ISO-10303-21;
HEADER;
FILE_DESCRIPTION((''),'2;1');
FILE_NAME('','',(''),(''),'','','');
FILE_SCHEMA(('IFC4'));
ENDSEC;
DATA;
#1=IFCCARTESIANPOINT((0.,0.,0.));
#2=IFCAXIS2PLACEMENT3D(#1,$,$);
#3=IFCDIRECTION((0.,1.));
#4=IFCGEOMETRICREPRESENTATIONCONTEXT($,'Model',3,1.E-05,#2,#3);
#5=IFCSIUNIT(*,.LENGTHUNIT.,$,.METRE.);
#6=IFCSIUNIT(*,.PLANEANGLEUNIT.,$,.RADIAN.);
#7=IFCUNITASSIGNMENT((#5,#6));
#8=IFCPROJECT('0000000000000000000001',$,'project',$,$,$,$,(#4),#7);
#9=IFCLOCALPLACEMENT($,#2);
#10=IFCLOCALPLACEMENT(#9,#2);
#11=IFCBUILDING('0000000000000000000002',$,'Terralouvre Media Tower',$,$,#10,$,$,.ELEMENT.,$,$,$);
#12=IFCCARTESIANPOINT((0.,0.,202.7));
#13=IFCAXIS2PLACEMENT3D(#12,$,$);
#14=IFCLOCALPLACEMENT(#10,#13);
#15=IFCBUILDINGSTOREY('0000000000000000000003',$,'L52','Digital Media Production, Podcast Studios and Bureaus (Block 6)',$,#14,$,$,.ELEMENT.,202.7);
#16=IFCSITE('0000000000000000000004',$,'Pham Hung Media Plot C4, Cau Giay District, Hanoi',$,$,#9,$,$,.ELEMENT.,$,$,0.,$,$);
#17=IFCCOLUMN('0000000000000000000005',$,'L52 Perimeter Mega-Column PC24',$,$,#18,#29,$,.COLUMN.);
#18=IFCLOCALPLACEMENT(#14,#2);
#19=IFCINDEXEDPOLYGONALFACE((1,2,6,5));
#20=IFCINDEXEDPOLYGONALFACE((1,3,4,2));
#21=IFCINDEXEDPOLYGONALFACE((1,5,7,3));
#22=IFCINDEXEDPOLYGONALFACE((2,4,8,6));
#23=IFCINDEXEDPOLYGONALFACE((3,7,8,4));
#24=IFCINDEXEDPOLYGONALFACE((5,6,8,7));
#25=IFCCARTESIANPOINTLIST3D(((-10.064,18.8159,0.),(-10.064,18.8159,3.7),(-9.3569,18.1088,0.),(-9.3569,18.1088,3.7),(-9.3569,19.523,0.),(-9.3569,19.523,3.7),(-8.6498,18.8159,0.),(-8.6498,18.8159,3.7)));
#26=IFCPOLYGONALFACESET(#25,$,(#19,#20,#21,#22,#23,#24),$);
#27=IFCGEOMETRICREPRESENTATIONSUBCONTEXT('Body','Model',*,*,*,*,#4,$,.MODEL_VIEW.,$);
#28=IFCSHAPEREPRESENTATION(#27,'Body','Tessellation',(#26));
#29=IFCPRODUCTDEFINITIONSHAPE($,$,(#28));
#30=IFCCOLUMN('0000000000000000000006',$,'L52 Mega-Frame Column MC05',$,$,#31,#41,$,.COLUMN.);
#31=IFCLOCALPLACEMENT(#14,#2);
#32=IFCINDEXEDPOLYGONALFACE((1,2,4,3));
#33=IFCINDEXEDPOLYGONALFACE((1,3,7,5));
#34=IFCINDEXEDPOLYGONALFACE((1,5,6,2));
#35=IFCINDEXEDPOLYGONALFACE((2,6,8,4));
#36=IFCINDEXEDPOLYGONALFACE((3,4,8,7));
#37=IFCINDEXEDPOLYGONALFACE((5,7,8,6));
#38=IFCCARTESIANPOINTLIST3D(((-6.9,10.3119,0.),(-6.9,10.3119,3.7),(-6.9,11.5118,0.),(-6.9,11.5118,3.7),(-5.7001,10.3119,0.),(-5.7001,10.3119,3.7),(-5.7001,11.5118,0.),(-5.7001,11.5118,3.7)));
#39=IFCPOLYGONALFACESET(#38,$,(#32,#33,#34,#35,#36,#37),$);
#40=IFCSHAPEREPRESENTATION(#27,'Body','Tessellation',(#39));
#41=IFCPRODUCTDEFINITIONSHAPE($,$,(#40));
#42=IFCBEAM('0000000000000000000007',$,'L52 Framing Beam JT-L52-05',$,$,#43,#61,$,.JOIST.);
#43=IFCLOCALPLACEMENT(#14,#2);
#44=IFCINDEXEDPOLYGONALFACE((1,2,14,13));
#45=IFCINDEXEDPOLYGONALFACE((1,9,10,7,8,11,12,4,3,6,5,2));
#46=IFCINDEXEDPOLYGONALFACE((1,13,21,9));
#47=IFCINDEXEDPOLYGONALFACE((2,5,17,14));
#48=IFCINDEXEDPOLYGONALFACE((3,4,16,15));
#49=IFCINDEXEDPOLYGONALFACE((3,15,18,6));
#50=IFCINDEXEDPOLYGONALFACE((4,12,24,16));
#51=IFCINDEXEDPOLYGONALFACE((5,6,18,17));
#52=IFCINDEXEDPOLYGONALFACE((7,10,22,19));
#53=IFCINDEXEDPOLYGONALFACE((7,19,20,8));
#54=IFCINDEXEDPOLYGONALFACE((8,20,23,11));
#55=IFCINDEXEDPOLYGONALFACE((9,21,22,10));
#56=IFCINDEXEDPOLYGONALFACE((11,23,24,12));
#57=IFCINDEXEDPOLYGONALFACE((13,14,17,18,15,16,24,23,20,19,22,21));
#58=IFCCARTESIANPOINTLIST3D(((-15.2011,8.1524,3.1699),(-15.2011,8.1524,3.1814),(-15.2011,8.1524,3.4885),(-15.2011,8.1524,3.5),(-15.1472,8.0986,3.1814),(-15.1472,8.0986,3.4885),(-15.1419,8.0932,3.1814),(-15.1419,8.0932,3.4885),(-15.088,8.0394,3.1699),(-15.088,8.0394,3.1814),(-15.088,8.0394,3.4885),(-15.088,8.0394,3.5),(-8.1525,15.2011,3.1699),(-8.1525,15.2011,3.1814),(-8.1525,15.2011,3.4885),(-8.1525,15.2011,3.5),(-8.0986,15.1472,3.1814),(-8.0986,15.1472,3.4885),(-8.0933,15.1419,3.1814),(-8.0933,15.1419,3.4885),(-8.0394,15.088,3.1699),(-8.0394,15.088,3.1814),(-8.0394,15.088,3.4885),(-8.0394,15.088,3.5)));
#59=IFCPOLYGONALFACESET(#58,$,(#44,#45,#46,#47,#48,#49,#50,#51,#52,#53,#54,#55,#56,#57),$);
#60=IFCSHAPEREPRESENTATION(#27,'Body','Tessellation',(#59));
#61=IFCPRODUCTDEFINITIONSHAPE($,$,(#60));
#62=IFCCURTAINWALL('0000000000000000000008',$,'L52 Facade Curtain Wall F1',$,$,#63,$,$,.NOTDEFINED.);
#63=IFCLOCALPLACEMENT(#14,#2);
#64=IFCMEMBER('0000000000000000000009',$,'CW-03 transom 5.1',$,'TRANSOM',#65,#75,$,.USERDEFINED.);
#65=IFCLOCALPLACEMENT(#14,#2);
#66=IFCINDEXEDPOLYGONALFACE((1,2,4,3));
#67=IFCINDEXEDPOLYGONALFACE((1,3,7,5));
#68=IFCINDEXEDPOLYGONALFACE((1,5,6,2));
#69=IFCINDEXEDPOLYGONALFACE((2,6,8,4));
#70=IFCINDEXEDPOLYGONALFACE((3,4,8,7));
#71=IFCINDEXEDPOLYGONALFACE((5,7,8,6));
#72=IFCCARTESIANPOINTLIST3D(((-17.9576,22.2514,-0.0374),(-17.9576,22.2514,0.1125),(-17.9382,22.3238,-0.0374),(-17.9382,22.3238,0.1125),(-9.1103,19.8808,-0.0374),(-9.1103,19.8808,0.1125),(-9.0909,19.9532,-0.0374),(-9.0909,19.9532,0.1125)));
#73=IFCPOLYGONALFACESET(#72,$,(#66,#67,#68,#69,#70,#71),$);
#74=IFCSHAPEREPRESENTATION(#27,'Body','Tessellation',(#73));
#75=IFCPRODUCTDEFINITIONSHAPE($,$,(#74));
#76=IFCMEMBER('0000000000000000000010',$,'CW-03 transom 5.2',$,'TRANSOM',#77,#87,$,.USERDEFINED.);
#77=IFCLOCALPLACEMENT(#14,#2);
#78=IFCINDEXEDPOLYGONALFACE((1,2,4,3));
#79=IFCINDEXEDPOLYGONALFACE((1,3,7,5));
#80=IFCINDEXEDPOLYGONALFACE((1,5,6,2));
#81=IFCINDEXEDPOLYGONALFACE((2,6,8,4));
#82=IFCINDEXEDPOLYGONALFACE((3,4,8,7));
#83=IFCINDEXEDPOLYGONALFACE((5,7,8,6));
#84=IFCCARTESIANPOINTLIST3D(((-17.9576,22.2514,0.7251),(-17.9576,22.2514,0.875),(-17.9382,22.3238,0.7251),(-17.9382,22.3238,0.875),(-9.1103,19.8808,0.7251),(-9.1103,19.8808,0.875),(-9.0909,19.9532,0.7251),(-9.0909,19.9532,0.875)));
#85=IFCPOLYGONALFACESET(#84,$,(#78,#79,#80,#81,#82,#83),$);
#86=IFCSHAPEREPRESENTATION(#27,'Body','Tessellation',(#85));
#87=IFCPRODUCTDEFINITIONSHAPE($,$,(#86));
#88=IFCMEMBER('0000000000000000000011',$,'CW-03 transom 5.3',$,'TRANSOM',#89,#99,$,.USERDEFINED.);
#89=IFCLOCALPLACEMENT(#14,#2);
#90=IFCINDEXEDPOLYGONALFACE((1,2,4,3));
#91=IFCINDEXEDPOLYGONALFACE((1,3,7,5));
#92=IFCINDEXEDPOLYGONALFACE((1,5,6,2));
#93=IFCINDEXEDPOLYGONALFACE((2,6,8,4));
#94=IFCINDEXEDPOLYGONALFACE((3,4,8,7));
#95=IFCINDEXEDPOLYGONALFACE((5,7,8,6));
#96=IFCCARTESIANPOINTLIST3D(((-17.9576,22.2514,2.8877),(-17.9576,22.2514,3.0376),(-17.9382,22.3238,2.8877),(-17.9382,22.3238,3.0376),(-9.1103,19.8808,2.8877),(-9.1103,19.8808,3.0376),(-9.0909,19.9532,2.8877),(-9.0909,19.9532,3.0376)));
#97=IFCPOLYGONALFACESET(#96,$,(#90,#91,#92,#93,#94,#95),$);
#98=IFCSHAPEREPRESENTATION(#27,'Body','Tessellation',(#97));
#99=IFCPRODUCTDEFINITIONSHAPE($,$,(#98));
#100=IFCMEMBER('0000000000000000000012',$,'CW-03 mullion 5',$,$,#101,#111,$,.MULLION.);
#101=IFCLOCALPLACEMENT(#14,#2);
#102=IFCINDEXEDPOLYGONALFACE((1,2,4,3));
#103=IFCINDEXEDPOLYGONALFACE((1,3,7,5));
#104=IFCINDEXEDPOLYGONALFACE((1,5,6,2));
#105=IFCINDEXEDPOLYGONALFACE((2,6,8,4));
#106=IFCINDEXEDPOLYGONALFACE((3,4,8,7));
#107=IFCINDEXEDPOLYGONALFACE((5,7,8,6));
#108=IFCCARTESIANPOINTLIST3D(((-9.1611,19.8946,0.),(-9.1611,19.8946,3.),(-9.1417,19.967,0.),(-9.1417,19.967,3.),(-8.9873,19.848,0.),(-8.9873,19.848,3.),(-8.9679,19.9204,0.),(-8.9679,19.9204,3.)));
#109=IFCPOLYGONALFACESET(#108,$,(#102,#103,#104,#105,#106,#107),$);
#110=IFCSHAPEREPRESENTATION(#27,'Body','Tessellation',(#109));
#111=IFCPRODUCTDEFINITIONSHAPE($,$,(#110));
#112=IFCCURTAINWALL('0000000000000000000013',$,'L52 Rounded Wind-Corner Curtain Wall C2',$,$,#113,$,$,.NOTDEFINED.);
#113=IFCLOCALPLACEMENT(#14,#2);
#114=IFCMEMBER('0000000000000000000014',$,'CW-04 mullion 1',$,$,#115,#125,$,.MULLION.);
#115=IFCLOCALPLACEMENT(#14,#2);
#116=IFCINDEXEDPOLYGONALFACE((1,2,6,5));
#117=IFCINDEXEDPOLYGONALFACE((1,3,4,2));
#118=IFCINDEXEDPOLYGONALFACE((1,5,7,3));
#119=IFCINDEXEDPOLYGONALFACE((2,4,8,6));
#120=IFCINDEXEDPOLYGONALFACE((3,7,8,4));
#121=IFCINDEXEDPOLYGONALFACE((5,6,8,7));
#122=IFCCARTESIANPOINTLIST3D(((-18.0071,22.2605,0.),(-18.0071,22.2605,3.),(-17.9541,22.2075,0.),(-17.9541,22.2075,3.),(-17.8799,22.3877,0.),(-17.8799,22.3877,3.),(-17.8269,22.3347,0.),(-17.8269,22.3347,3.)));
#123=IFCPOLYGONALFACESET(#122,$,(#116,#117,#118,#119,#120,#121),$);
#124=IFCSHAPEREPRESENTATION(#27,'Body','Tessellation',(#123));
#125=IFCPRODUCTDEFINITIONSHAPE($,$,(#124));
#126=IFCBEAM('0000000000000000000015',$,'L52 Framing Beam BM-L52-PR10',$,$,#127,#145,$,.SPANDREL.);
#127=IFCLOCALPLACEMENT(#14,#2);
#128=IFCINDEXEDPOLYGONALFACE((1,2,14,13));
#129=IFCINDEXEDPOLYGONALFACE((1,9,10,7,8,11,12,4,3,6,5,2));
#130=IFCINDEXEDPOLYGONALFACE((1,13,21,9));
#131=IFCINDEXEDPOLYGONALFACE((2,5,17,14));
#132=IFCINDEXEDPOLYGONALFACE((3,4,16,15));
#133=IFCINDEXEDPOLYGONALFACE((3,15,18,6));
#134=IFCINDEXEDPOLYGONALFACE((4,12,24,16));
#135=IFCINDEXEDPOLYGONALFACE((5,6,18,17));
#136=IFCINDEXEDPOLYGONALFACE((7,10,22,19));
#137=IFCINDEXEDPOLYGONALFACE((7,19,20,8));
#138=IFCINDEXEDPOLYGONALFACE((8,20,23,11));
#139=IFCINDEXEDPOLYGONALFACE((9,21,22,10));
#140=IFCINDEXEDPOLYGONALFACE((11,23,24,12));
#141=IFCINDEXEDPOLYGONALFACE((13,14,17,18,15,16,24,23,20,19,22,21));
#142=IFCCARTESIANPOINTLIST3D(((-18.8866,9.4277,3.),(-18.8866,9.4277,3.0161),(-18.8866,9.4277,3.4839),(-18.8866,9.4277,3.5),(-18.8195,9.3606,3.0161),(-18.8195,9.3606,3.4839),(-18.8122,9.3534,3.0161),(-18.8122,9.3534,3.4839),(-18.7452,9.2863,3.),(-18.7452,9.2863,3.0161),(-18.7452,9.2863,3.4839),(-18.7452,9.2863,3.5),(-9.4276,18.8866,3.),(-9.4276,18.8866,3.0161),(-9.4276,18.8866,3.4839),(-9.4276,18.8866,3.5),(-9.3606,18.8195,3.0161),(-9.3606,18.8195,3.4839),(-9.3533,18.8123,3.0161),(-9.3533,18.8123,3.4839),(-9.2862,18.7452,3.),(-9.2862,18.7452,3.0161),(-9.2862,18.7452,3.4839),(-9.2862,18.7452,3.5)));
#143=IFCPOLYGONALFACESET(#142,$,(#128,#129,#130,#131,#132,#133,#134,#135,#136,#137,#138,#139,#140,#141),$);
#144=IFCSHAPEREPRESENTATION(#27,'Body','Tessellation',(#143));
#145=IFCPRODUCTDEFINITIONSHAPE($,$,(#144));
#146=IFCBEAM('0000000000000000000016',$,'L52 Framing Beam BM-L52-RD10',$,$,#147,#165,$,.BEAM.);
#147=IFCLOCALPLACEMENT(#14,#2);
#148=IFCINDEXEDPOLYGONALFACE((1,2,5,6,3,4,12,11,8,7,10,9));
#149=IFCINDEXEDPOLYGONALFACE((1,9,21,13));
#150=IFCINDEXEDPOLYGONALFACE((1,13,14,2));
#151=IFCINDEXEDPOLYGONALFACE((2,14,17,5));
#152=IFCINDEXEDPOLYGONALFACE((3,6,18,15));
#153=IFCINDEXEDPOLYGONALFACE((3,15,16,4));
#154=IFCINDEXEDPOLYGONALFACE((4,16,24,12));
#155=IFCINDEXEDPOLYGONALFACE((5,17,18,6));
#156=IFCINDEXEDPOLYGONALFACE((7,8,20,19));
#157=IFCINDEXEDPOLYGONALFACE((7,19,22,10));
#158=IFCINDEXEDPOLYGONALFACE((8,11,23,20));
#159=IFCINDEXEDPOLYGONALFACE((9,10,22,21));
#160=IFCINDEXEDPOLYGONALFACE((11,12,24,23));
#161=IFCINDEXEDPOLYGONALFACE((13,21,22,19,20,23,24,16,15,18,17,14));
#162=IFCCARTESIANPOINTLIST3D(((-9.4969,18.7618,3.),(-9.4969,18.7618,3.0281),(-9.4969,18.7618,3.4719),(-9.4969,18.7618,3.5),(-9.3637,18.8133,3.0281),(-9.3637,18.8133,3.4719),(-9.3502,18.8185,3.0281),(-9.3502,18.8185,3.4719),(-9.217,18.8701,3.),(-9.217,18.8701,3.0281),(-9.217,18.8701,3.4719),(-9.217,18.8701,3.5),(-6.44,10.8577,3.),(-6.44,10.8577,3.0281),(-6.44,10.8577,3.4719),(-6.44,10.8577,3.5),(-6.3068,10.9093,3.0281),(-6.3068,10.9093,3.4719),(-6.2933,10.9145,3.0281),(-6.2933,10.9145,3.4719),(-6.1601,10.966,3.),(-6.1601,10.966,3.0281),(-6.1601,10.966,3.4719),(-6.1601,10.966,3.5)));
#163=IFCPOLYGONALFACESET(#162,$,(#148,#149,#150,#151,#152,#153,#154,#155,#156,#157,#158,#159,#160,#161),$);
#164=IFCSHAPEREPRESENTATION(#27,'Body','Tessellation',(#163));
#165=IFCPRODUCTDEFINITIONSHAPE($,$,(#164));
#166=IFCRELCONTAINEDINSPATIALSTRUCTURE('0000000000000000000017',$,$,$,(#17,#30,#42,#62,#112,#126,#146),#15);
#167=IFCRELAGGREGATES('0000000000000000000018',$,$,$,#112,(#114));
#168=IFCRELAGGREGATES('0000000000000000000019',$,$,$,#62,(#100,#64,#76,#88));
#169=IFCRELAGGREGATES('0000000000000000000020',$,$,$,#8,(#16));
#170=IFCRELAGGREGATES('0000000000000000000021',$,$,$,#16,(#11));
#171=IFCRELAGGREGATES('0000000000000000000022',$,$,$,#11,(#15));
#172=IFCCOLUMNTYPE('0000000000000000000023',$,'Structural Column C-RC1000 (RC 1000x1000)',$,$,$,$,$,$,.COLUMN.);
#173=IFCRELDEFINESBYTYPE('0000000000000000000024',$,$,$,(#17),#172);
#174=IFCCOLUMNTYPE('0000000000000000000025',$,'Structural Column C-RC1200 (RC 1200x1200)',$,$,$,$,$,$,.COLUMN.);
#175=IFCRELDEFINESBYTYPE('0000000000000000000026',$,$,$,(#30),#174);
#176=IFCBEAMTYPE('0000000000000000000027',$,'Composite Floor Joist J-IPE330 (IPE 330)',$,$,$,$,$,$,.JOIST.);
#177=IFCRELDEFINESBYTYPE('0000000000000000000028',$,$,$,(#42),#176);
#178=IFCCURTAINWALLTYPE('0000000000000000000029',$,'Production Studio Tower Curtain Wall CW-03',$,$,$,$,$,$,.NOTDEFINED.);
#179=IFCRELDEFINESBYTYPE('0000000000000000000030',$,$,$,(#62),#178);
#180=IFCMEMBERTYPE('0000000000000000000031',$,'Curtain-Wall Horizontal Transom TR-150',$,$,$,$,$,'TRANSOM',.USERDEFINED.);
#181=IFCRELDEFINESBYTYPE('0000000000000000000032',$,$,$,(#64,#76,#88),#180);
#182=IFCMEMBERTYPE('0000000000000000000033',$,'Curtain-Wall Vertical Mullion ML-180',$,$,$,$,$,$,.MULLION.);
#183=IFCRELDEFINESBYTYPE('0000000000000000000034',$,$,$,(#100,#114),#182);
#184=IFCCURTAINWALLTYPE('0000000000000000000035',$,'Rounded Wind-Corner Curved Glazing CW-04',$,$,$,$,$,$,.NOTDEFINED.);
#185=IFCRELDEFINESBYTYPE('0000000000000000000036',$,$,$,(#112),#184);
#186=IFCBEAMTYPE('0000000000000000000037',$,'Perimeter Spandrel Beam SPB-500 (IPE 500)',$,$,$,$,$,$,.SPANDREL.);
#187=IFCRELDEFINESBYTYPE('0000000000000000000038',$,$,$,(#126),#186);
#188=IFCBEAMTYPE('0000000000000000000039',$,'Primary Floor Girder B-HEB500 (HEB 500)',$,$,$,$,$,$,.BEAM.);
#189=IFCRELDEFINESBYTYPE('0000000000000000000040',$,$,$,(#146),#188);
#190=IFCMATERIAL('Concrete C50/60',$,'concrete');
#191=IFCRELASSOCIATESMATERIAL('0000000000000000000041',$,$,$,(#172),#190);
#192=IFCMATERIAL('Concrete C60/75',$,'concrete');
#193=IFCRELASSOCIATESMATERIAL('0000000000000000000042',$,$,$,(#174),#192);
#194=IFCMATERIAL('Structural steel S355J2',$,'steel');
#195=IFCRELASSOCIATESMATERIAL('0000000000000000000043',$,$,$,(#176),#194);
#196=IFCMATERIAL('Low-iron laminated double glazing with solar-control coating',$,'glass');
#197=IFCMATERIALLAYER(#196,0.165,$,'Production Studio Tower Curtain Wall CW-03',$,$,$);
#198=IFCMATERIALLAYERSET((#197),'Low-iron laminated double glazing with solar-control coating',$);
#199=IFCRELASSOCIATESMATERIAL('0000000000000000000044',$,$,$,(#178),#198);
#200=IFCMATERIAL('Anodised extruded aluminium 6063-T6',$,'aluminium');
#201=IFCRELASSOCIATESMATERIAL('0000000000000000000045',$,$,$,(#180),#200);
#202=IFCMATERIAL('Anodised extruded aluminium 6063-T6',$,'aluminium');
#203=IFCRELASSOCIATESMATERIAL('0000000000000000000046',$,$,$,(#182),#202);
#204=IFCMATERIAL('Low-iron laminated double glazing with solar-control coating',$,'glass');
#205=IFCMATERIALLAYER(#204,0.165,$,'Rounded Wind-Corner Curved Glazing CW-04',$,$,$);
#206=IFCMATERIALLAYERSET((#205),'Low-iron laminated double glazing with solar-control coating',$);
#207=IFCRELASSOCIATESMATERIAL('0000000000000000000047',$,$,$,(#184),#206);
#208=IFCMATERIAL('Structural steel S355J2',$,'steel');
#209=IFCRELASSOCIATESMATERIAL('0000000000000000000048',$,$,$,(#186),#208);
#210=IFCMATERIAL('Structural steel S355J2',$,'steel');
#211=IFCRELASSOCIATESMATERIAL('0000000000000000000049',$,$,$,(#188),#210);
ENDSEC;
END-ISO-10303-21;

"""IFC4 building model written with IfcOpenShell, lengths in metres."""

from ifc_helpers import new_model, si_unit, direction, frame, origin, origin_2d, place, context, subcontext, project, spatial, rectangle, i_section, extrude, material, layer, layer_set, material_profile, profile_set, type_object, element, aggregate, save


model = new_model("IFC4")

# Units and contexts
model_context = context("Model", 3, precision=1e-05, world=origin(), true_north=direction((0.0, 1.0)))
body_context = subcontext(model_context, "Body", "Model", "MODEL_VIEW")
ifc_project = project(units=[si_unit("LENGTHUNIT", "METRE"), si_unit("PLANEANGLEUNIT", "RADIAN")], contexts=[model_context])

# Site, building, storey
site_placement = place(None, origin())
site = spatial("IfcSite", under=ifc_project, at=site_placement, Name="Pham Hung Media Plot C4, Cau Giay District, Hanoi", CompositionType="ELEMENT", RefElevation=0.0)
building_placement = place(site_placement, origin())
building = spatial("IfcBuilding", under=site, at=building_placement, Name="Terralouvre Media Tower", CompositionType="ELEMENT")
storey_placement = place(building_placement, frame((0.0, 0.0, 202.7)))
storey = spatial("IfcBuildingStorey", under=building, at=storey_placement, Name="L52", Description="Digital Media Production, Podcast Studios and Bureaus (Block 6)", CompositionType="ELEMENT", Elevation=202.7)

# Columns
ifc_material_1 = material(Name="Concrete C50/60", Category="concrete")
ifc_material_profile_1 = material_profile(ifc_material_1, rectangle(XDim=1.0, YDim=1.0, at=origin_2d()), Name="RC 1000x1000")
ifc_profile_set_1 = profile_set([ifc_material_profile_1], Name="Concrete C50/60")
column_type_1 = type_object("IfcColumnType", Name="Structural Column C-RC1000 (RC 1000x1000)", PredefinedType="COLUMN", material=ifc_profile_set_1)
column_1_placement = place(storey_placement, frame((-9.3569, 18.8159, 0.0), z_axis=(0.0, 0.0, 1.0), x_axis=(0.707107, 0.707107, 0.0)))
element("IfcColumn", 1, at=column_1_placement, inside=storey, type_object=column_type_1, Name="L52 Perimeter Mega-Column PC24", PredefinedType="COLUMN", context=body_context, shape_type="SweptSolid", body=[
    extrude(rectangle(XDim=1.0, YDim=1.0, at=origin_2d()), origin(), (0.0, 0.0, 1.0), 3.7),
])
ifc_material_2 = material(Name="Concrete C60/75", Category="concrete")
ifc_material_profile_2 = material_profile(ifc_material_2, rectangle(XDim=1.2, YDim=1.2, at=origin_2d()), Name="RC 1200x1200")
ifc_profile_set_2 = profile_set([ifc_material_profile_2], Name="Concrete C60/75")
column_type_2 = type_object("IfcColumnType", Name="Structural Column C-RC1200 (RC 1200x1200)", PredefinedType="COLUMN", material=ifc_profile_set_2)
column_2_placement = place(storey_placement, frame((-6.3, 10.9119, 0.0), z_axis=(0.0, 0.0, 1.0), x_axis=(1.0, 0.0, 0.0)))
element("IfcColumn", 2, at=column_2_placement, inside=storey, type_object=column_type_2, Name="L52 Mega-Frame Column MC05", PredefinedType="COLUMN", context=body_context, shape_type="SweptSolid", body=[
    extrude(rectangle(XDim=1.2, YDim=1.2, at=origin_2d()), origin(), (0.0, 0.0, 1.0), 3.7),
])

# Beam
ifc_material_3 = material(Name="Structural steel S355J2", Category="steel")
ifc_material_profile_3 = material_profile(ifc_material_3, i_section(OverallWidth=0.1599, OverallDepth=0.3301, WebThickness=0.0076, FlangeThickness=0.0115, at=origin_2d()), Name="IPE 330")
ifc_profile_set_3 = profile_set([ifc_material_profile_3], Name="Structural steel S355J2")
beam_type_1 = type_object("IfcBeamType", Name="Composite Floor Joist J-IPE330 (IPE 330)", PredefinedType="JOIST", material=ifc_profile_set_3)
beam_1_placement = place(storey_placement, frame((-8.0959, 15.1445, 3.335), z_axis=(-0.707107, -0.707107, 0.0), x_axis=(0.707107, -0.707107, 0.0)))
element("IfcBeam", 3, at=beam_1_placement, inside=storey, type_object=beam_type_1, Name="L52 Framing Beam JT-L52-05", PredefinedType="JOIST", context=body_context, shape_type="SweptSolid", body=[
    extrude(i_section(OverallWidth=0.1599, OverallDepth=0.3301, WebThickness=0.0076, FlangeThickness=0.0115, at=origin_2d()), origin(), (0.0, 0.0, 1.0), 9.9683),
])

# Curtain wall, members
ifc_material_4 = material(Name="Low-iron laminated double glazing with solar-control coating", Category="glass")
ifc_layer_1 = layer(ifc_material_4, 0.165, Name="Production Studio Tower Curtain Wall CW-03")
ifc_layer_set_1 = layer_set([ifc_layer_1], Name="Low-iron laminated double glazing with solar-control coating")
curtain_wall_type_1 = type_object("IfcCurtainWallType", Name="Production Studio Tower Curtain Wall CW-03", PredefinedType="NOTDEFINED", material=ifc_layer_set_1)
curtain_wall_1_placement = place(storey_placement, origin())
curtain_wall_1 = element("IfcCurtainWall", 4, at=curtain_wall_1_placement, inside=storey, type_object=curtain_wall_type_1, Name="L52 Facade Curtain Wall F1", PredefinedType="NOTDEFINED")
ifc_material_5 = material(Name="Anodised extruded aluminium 6063-T6", Category="aluminium")
ifc_material_profile_4 = material_profile(ifc_material_5, rectangle(XDim=0.075, YDim=0.1499, at=origin_2d()), Name="ALU 75x150")
ifc_profile_set_4 = profile_set([ifc_material_profile_4], Name="Anodised extruded aluminium 6063-T6")
member_type_1 = type_object("IfcMemberType", Name="Curtain-Wall Horizontal Transom TR-150", ElementType="TRANSOM", PredefinedType="USERDEFINED", material=ifc_profile_set_4)
member_1_placement = place(storey_placement, frame((-9.1006, 19.917, 0.0376), z_axis=(-0.965927, 0.258814, 0.0), x_axis=(-0.258814, -0.965927, 0.0)))
member_1 = element("IfcMember", 5, at=member_1_placement, type_object=member_type_1, Name="CW-03 transom 5.1", ObjectType="TRANSOM", PredefinedType="USERDEFINED", context=body_context, shape_type="SweptSolid", body=[
    extrude(rectangle(XDim=0.075, YDim=0.1499, at=origin_2d()), origin(), (0.0, 0.0, 1.0), 9.1594),
])
member_2_placement = place(storey_placement, frame((-9.1006, 19.917, 0.8), z_axis=(-0.965927, 0.258814, 0.0), x_axis=(-0.258814, -0.965927, 0.0)))
member_2 = element("IfcMember", 6, at=member_2_placement, type_object=member_type_1, Name="CW-03 transom 5.2", ObjectType="TRANSOM", PredefinedType="USERDEFINED", context=body_context, shape_type="SweptSolid", body=[
    extrude(rectangle(XDim=0.075, YDim=0.1499, at=origin_2d()), origin(), (0.0, 0.0, 1.0), 9.1594),
])
member_3_placement = place(storey_placement, frame((-9.1006, 19.917, 2.9626), z_axis=(-0.965927, 0.258814, 0.0), x_axis=(-0.258814, -0.965927, 0.0)))
member_3 = element("IfcMember", 7, at=member_3_placement, type_object=member_type_1, Name="CW-03 transom 5.3", ObjectType="TRANSOM", PredefinedType="USERDEFINED", context=body_context, shape_type="SweptSolid", body=[
    extrude(rectangle(XDim=0.075, YDim=0.1499, at=origin_2d()), origin(), (0.0, 0.0, 1.0), 9.1594),
])
ifc_material_6 = material(Name="Anodised extruded aluminium 6063-T6", Category="aluminium")
ifc_material_profile_5 = material_profile(ifc_material_6, rectangle(XDim=0.075, YDim=0.1799, at=origin_2d()), Name="ALU 75x180")
ifc_profile_set_5 = profile_set([ifc_material_profile_5], Name="Anodised extruded aluminium 6063-T6")
member_type_2 = type_object("IfcMemberType", Name="Curtain-Wall Vertical Mullion ML-180", PredefinedType="MULLION", material=ifc_profile_set_5)
member_4_placement = place(storey_placement, frame((-9.0645, 19.9075, 0.0), z_axis=(0.0, 0.0, 1.0), x_axis=(-0.258819, -0.965926, 0.0)))
member_4 = element("IfcMember", 8, at=member_4_placement, type_object=member_type_2, Name="CW-03 mullion 5", PredefinedType="MULLION", context=body_context, shape_type="SweptSolid", body=[
    extrude(rectangle(XDim=0.075, YDim=0.1799, at=origin_2d()), origin(), (0.0, 0.0, 1.0), 3.0),
])

# Curtain wall, member
ifc_material_7 = material(Name="Low-iron laminated double glazing with solar-control coating", Category="glass")
ifc_layer_2 = layer(ifc_material_7, 0.165, Name="Rounded Wind-Corner Curved Glazing CW-04")
ifc_layer_set_2 = layer_set([ifc_layer_2], Name="Low-iron laminated double glazing with solar-control coating")
curtain_wall_type_2 = type_object("IfcCurtainWallType", Name="Rounded Wind-Corner Curved Glazing CW-04", PredefinedType="NOTDEFINED", material=ifc_layer_set_2)
curtain_wall_2_placement = place(storey_placement, origin())
curtain_wall_2 = element("IfcCurtainWall", 9, at=curtain_wall_2_placement, inside=storey, type_object=curtain_wall_type_2, Name="L52 Rounded Wind-Corner Curtain Wall C2", PredefinedType="NOTDEFINED")
member_5_placement = place(storey_placement, frame((-17.917, 22.2976, 0.0), z_axis=(0.0, 0.0, 1.0), x_axis=(0.707107, -0.707107, 0.0)))
member_5 = element("IfcMember", 10, at=member_5_placement, type_object=member_type_2, Name="CW-04 mullion 1", PredefinedType="MULLION", context=body_context, shape_type="SweptSolid", body=[
    extrude(rectangle(XDim=0.075, YDim=0.1799, at=origin_2d()), origin(), (0.0, 0.0, 1.0), 3.0),
])
aggregate(curtain_wall_2, [member_5])

# Beams
ifc_material_8 = material(Name="Structural steel S355J2", Category="steel")
ifc_material_profile_6 = material_profile(ifc_material_8, i_section(OverallWidth=0.2, OverallDepth=0.5, WebThickness=0.0103, FlangeThickness=0.0161, at=origin_2d()), Name="IPE 500")
ifc_profile_set_6 = profile_set([ifc_material_profile_6], Name="Structural steel S355J2")
beam_type_2 = type_object("IfcBeamType", Name="Perimeter Spandrel Beam SPB-500 (IPE 500)", PredefinedType="SPANDREL", material=ifc_profile_set_6)
beam_2_placement = place(storey_placement, frame((-9.3569, 18.8159, 3.25), z_axis=(-0.707107, -0.707107, 0.0), x_axis=(0.707107, -0.707107, 0.0)))
element("IfcBeam", 11, at=beam_2_placement, inside=storey, type_object=beam_type_2, Name="L52 Framing Beam BM-L52-PR10", PredefinedType="SPANDREL", context=body_context, shape_type="SweptSolid", body=[
    extrude(i_section(OverallWidth=0.2, OverallDepth=0.5, WebThickness=0.0103, FlangeThickness=0.0161, at=origin_2d()), origin(), (0.0, 0.0, 1.0), 13.377),
])
ifc_material_9 = material(Name="Structural steel S355J2", Category="steel")
ifc_material_profile_7 = material_profile(ifc_material_9, i_section(OverallWidth=0.3, OverallDepth=0.5, WebThickness=0.0144, FlangeThickness=0.0281, at=origin_2d()), Name="HEB 500")
ifc_profile_set_7 = profile_set([ifc_material_profile_7], Name="Structural steel S355J2")
beam_type_3 = type_object("IfcBeamType", Name="Primary Floor Girder B-HEB500 (HEB 500)", PredefinedType="BEAM", material=ifc_profile_set_7)
beam_3_placement = place(storey_placement, frame((-6.3, 10.9119, 3.25), z_axis=(-0.360712, 0.932677, 0.0), x_axis=(-0.932677, -0.360712, 0.0)))
element("IfcBeam", 12, at=beam_3_placement, inside=storey, type_object=beam_type_3, Name="L52 Framing Beam BM-L52-RD10", PredefinedType="BEAM", context=body_context, shape_type="SweptSolid", body=[
    extrude(i_section(OverallWidth=0.3, OverallDepth=0.5, WebThickness=0.0144, FlangeThickness=0.0281, at=origin_2d()), origin(), (0.0, 0.0, 1.0), 8.4746),
])

aggregate(curtain_wall_1, [member_4, member_1, member_2, member_3])

save(model, "model.ifc")
